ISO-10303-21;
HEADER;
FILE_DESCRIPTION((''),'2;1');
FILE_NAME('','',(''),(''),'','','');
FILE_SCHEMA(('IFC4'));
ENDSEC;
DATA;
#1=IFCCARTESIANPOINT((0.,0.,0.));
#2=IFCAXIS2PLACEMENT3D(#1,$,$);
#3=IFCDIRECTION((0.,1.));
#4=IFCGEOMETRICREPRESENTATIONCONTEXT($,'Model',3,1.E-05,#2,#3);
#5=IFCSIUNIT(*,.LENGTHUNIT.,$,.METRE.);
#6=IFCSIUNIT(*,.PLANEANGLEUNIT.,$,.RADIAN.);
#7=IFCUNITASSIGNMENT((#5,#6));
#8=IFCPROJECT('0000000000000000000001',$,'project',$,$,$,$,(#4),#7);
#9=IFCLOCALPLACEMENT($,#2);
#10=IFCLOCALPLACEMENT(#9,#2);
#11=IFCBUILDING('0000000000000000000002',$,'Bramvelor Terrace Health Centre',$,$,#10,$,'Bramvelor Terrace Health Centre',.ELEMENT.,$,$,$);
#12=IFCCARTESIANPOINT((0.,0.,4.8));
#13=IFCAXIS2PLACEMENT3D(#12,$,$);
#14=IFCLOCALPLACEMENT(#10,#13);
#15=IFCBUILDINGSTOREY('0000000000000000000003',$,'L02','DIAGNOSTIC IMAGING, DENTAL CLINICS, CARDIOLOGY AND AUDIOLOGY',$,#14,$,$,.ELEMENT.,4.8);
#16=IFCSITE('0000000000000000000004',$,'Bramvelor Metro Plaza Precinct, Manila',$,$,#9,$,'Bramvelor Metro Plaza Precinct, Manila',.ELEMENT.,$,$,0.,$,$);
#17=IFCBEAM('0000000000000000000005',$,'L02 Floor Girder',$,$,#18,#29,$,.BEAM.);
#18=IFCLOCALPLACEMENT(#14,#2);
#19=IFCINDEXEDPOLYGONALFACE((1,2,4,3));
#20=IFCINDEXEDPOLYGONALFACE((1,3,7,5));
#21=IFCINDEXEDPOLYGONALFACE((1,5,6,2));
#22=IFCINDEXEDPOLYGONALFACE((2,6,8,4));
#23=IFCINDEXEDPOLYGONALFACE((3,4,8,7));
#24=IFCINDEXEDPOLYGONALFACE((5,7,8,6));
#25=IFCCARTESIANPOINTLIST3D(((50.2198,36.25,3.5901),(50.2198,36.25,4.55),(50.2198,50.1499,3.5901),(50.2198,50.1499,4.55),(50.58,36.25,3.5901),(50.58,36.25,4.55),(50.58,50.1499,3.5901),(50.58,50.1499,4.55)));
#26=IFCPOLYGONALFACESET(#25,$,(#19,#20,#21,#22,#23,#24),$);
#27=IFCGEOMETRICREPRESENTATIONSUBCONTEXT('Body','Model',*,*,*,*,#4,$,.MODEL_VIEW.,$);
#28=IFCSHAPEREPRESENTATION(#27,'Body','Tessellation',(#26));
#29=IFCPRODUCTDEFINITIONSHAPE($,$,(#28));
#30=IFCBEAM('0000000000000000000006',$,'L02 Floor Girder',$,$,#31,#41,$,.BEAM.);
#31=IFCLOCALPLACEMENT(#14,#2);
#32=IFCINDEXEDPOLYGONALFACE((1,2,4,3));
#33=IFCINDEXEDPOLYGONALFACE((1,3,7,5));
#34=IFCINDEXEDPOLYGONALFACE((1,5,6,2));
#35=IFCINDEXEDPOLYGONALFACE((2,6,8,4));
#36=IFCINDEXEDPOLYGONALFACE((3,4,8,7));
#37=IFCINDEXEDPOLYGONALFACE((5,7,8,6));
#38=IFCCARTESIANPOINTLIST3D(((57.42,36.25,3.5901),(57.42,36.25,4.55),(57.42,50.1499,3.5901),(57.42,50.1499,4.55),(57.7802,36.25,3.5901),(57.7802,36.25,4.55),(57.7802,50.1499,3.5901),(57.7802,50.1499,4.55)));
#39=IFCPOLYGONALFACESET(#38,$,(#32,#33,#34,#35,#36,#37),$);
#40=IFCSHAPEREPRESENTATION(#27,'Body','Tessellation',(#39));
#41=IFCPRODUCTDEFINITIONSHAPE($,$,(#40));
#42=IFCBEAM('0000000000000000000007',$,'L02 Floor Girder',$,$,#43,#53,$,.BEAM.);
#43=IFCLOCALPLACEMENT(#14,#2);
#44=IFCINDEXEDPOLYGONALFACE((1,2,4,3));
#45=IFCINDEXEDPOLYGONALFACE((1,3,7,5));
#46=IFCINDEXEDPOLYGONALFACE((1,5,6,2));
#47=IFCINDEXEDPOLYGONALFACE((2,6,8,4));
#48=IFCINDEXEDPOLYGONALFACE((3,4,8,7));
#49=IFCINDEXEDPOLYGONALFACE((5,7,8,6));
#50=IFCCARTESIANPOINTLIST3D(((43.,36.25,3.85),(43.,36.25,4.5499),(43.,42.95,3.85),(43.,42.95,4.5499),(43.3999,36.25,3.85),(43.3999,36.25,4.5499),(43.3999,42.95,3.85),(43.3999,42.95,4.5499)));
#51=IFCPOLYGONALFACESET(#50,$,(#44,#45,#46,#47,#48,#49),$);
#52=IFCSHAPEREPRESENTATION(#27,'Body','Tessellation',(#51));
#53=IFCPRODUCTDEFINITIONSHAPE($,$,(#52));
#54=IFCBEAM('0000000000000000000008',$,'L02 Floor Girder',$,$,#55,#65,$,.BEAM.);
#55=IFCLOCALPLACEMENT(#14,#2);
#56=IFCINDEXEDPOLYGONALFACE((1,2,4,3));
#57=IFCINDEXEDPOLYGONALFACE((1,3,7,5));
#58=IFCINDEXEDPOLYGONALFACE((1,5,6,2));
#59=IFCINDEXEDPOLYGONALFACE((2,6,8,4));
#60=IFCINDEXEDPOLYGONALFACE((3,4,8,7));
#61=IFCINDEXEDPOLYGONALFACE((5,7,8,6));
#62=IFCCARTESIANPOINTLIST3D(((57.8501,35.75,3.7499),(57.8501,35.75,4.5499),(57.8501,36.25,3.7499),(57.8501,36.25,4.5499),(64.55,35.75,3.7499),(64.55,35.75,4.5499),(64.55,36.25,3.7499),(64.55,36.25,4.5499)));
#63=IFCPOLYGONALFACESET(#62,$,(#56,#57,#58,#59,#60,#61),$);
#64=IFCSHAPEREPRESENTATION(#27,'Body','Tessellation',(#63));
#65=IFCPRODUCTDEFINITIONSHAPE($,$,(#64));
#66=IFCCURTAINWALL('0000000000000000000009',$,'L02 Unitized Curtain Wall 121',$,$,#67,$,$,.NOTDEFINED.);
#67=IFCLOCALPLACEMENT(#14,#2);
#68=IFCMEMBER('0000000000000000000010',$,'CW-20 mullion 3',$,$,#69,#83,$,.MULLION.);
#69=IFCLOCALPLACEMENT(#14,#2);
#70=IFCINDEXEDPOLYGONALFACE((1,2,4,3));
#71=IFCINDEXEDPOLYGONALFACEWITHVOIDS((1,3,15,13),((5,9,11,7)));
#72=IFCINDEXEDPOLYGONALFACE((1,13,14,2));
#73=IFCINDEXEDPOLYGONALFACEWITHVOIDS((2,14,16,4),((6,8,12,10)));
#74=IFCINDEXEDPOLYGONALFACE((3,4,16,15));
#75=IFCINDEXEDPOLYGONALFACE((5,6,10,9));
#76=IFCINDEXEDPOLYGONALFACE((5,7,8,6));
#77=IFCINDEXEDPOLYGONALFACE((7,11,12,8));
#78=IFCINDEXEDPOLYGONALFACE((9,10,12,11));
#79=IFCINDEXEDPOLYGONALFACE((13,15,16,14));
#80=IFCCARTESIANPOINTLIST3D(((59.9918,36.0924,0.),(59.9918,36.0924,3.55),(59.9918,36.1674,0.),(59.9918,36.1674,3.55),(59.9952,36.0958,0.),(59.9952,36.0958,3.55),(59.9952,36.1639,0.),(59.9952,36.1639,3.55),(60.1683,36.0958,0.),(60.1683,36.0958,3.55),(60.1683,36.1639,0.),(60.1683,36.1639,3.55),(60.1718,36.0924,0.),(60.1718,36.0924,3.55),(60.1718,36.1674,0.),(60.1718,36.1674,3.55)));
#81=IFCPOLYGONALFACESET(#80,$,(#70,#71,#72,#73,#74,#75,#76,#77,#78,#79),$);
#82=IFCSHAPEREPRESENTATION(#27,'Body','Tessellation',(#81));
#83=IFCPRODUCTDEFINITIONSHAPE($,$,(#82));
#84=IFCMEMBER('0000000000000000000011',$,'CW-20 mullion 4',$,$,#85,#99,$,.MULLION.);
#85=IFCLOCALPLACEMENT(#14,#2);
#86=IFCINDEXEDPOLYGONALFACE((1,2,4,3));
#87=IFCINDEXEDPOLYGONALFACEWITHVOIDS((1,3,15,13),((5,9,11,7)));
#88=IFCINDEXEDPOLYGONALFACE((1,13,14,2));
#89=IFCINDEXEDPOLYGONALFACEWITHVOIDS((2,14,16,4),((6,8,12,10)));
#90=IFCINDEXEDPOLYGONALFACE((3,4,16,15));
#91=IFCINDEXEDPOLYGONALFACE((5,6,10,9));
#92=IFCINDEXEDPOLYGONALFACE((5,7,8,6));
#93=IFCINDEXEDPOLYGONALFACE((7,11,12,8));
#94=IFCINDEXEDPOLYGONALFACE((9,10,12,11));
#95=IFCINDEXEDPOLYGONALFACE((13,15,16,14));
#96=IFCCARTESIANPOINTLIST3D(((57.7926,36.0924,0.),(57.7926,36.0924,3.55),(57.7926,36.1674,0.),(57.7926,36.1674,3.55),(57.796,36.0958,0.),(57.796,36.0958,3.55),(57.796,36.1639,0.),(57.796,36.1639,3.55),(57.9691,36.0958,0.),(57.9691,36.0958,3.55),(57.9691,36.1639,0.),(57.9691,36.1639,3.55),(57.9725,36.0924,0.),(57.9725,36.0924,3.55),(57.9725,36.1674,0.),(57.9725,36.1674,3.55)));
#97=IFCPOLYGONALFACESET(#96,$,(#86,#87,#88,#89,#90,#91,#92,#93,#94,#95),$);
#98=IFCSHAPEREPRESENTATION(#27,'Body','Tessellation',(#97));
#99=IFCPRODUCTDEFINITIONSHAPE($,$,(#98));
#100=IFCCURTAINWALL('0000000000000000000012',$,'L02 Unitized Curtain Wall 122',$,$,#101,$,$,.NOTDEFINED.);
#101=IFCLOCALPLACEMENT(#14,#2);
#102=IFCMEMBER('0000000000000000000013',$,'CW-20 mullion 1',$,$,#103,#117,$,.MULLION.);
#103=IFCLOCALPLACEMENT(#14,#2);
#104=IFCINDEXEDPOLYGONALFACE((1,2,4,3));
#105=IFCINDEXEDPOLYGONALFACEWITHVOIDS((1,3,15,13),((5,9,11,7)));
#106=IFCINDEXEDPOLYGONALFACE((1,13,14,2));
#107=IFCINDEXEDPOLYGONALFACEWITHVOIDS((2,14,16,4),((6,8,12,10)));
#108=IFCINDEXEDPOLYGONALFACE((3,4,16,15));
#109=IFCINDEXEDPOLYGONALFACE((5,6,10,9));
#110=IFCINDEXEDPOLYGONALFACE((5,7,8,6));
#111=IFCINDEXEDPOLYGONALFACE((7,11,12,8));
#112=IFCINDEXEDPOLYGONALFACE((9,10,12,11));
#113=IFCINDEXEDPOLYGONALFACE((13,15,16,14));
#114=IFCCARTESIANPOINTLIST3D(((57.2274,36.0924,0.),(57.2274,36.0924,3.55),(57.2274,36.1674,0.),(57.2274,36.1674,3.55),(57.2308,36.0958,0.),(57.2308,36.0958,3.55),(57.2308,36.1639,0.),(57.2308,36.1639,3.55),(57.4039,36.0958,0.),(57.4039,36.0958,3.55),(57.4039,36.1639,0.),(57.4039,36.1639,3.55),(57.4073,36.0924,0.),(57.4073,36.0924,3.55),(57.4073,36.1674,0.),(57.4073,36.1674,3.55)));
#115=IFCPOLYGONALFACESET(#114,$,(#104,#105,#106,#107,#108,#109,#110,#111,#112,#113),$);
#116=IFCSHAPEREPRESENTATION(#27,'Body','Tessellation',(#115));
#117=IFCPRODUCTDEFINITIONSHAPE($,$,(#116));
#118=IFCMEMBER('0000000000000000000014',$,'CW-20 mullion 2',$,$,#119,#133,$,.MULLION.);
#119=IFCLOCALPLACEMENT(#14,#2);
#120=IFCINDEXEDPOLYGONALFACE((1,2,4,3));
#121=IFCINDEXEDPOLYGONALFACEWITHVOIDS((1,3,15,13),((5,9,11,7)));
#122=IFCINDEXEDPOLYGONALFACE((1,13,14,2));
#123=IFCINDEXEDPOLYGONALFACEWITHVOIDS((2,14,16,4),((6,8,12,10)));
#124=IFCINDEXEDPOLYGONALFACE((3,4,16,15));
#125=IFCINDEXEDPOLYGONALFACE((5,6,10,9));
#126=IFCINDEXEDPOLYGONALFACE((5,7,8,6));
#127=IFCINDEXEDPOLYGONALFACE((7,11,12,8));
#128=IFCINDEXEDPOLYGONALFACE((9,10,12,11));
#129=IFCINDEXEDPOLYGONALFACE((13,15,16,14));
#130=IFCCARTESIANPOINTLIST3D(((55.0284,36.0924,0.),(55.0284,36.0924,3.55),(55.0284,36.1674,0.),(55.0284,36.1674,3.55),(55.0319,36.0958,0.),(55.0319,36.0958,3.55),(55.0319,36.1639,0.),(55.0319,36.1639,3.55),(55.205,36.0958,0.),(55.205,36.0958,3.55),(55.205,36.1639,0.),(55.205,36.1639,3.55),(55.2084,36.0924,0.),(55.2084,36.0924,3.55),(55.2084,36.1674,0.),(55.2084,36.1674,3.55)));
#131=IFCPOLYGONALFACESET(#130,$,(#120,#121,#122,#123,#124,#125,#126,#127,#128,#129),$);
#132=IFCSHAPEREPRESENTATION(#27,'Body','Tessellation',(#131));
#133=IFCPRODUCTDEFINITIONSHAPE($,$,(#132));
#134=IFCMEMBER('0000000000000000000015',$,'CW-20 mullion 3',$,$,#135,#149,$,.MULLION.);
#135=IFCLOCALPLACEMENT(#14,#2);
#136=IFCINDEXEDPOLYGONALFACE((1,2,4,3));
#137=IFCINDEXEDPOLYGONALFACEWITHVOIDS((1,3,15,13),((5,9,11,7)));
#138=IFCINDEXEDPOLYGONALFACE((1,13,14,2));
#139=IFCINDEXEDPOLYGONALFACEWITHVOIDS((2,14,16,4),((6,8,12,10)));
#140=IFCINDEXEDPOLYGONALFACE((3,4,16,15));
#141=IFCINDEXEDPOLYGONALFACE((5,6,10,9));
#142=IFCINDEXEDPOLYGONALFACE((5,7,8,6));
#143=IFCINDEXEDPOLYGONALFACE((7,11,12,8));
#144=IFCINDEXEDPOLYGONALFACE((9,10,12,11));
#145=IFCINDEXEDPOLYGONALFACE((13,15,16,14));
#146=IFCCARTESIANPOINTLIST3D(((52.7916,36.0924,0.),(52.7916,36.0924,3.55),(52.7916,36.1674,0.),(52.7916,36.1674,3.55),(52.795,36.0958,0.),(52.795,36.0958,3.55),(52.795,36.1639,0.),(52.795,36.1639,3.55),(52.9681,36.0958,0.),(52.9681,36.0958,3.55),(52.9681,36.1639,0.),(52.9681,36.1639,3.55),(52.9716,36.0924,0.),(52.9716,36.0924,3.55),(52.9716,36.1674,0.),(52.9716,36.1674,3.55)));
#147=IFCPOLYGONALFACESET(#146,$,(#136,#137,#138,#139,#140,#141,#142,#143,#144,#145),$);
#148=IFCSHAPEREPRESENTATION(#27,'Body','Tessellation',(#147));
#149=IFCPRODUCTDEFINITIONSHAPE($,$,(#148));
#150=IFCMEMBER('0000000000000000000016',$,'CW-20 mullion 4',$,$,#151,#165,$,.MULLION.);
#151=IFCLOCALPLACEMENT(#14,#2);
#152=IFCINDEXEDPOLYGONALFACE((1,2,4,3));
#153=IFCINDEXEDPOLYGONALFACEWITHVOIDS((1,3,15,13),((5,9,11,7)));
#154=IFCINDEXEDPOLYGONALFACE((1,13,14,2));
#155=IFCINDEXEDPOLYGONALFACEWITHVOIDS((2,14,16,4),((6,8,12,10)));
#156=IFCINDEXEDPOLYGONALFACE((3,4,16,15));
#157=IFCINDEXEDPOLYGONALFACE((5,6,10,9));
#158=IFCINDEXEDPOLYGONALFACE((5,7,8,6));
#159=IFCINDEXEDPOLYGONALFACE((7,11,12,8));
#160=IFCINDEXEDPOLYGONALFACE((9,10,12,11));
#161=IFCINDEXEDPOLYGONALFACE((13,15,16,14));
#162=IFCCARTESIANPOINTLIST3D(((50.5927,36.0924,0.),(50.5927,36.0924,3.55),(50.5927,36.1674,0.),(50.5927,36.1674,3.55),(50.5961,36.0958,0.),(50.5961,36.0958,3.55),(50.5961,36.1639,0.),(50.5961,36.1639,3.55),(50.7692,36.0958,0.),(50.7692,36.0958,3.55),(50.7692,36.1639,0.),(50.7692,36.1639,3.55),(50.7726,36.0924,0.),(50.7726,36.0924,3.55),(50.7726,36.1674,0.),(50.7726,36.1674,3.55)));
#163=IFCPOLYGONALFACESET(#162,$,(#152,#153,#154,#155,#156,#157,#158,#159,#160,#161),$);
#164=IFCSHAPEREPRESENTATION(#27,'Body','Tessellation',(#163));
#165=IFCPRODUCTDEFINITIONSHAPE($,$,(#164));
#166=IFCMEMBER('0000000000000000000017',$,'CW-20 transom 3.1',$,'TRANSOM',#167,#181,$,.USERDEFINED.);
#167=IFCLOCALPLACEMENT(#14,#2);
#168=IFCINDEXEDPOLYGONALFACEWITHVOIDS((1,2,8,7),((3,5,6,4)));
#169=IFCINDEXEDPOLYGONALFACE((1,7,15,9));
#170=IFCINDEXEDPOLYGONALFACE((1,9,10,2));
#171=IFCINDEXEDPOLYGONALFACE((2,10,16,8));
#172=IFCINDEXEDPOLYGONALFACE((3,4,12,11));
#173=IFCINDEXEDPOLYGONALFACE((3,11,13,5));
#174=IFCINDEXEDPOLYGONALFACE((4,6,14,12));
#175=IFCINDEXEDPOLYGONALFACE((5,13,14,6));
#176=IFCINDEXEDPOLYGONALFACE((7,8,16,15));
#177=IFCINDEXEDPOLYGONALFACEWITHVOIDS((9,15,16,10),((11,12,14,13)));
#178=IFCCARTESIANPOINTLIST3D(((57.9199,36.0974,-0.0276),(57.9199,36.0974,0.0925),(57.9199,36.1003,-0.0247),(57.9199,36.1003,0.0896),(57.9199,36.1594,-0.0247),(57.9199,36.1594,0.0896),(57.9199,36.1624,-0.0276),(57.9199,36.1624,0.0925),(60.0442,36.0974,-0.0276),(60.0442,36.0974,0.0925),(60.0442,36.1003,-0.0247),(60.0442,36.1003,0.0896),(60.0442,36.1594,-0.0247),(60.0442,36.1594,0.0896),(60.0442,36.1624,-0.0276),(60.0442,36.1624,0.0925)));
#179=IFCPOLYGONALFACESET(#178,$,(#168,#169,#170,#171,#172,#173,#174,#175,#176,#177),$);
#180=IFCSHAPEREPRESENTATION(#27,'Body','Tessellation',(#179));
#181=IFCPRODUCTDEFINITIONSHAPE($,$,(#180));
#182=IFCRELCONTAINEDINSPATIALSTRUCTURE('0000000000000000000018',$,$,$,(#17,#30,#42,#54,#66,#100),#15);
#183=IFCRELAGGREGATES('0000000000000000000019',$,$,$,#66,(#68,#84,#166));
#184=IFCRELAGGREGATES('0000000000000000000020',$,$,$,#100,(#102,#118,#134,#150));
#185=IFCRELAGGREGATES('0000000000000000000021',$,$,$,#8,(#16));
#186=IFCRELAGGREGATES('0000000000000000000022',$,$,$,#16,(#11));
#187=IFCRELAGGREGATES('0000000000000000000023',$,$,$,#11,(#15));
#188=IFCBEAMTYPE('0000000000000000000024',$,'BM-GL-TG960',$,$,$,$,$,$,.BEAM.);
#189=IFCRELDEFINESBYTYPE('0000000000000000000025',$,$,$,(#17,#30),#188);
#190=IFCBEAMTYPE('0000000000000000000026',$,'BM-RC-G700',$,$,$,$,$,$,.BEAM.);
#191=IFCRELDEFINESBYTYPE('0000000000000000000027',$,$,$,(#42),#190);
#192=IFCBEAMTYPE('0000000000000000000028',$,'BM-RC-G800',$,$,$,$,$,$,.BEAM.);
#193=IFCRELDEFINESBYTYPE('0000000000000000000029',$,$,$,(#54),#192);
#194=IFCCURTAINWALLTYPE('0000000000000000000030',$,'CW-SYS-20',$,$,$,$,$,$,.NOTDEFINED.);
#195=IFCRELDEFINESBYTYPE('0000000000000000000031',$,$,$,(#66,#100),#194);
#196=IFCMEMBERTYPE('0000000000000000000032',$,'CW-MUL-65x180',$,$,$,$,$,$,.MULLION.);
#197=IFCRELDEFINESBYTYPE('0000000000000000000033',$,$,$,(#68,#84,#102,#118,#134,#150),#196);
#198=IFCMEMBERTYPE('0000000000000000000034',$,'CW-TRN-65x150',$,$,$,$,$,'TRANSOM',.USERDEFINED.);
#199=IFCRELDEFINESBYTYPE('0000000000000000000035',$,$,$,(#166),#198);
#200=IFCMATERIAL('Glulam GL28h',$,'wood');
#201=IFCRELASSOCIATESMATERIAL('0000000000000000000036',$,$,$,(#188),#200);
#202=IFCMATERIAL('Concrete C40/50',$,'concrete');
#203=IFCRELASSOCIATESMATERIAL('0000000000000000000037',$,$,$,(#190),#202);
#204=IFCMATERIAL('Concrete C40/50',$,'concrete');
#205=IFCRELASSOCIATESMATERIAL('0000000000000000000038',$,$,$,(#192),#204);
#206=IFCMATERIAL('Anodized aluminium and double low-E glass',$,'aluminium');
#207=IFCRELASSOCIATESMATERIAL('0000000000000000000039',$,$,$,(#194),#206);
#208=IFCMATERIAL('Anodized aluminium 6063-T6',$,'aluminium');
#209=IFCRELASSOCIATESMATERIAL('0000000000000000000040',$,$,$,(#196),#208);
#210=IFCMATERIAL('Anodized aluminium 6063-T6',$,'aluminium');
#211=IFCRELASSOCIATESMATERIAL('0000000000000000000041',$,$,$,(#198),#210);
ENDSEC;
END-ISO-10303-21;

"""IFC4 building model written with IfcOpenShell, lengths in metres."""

from ifc_helpers import new_model, si_unit, direction, frame, origin, origin_2d, place, context, subcontext, project, spatial, rectangle, hollow_rectangle, extrude, material, material_profile, profile_set, type_object, element, aggregate, save


model = new_model("IFC4")

# Units and contexts
model_context = context("Model", 3, precision=1e-05, world=origin(), true_north=direction((0.0, 1.0)))
body_context = subcontext(model_context, "Body", "Model", "MODEL_VIEW")
ifc_project = project(units=[si_unit("LENGTHUNIT", "METRE"), si_unit("PLANEANGLEUNIT", "RADIAN")], contexts=[model_context])

# Site, building, storey
site_placement = place(None, origin())
site = spatial("IfcSite", under=ifc_project, at=site_placement, Name="Bramvelor Metro Plaza Precinct, Manila", LongName="Bramvelor Metro Plaza Precinct, Manila", CompositionType="ELEMENT", RefElevation=0.0)
building_placement = place(site_placement, origin())
building = spatial("IfcBuilding", under=site, at=building_placement, Name="Bramvelor Terrace Health Centre", LongName="Bramvelor Terrace Health Centre", CompositionType="ELEMENT")
storey_placement = place(building_placement, frame((0.0, 0.0, 4.8)))
storey = spatial("IfcBuildingStorey", under=building, at=storey_placement, Name="L02", Description="DIAGNOSTIC IMAGING, DENTAL CLINICS, CARDIOLOGY AND AUDIOLOGY", CompositionType="ELEMENT", Elevation=4.8)

# Beams
ifc_material_1 = material(Name="Glulam GL28h", Category="wood")
ifc_material_profile_1 = material_profile(ifc_material_1, rectangle(XDim=0.3601, YDim=0.96, at=origin_2d()), Name="GL 360x960")
ifc_profile_set_1 = profile_set([ifc_material_profile_1], Name="Glulam GL28h")
beam_type_1 = type_object("IfcBeamType", Name="BM-GL-TG960", PredefinedType="BEAM", material=ifc_profile_set_1)
for number, where, z_axis, x_axis, name in (
    (1, (50.3999, 36.25, 4.0701), (0.0, 1.0, 0.0), (-1.0, 0.0, 0.0), "L02 Floor Girder"),
    (2, (57.6001, 36.25, 4.0701), (0.0, 1.0, 0.0), (-1.0, 0.0, 0.0), "L02 Floor Girder"),
):
    element("IfcBeam", number, at=place(storey_placement, frame(where, z_axis=z_axis, x_axis=x_axis)), inside=storey, type_object=beam_type_1, Name=name, PredefinedType="BEAM", context=body_context, shape_type="SweptSolid", body=[
        extrude(rectangle(XDim=0.3601, YDim=0.96, at=origin_2d()), origin(), (0.0, 0.0, 1.0), 13.8999),
    ])
ifc_material_2 = material(Name="Concrete C40/50", Category="concrete")
ifc_material_profile_2 = material_profile(ifc_material_2, rectangle(XDim=0.3999, YDim=0.7, at=origin_2d()), Name="RC 400x700")
ifc_profile_set_2 = profile_set([ifc_material_profile_2], Name="Concrete C40/50")
beam_type_2 = type_object("IfcBeamType", Name="BM-RC-G700", PredefinedType="BEAM", material=ifc_profile_set_2)
beam_1_placement = place(storey_placement, frame((43.2, 36.25, 4.2), z_axis=(0.0, 1.0, 0.0), x_axis=(-1.0, 0.0, 0.0)))
element("IfcBeam", 3, at=beam_1_placement, inside=storey, type_object=beam_type_2, Name="L02 Floor Girder", PredefinedType="BEAM", context=body_context, shape_type="SweptSolid", body=[
    extrude(rectangle(XDim=0.3999, YDim=0.7, at=origin_2d()), origin(), (0.0, 0.0, 1.0), 6.7),
])
ifc_material_3 = material(Name="Concrete C40/50", Category="concrete")
ifc_material_profile_3 = material_profile(ifc_material_3, rectangle(XDim=0.5, YDim=0.8, at=origin_2d()), Name="RC 500x800")
ifc_profile_set_3 = profile_set([ifc_material_profile_3], Name="Concrete C40/50")
beam_type_3 = type_object("IfcBeamType", Name="BM-RC-G800", PredefinedType="BEAM", material=ifc_profile_set_3)
beam_2_placement = place(storey_placement, frame((57.8501, 36.0, 4.1499), z_axis=(1.0, 0.0, 0.0), x_axis=(0.0, 1.0, 0.0)))
element("IfcBeam", 4, at=beam_2_placement, inside=storey, type_object=beam_type_3, Name="L02 Floor Girder", PredefinedType="BEAM", context=body_context, shape_type="SweptSolid", body=[
    extrude(rectangle(XDim=0.5, YDim=0.8, at=origin_2d()), origin(), (0.0, 0.0, 1.0), 6.7),
])

# Curtain walls, members
ifc_material_4 = material(Name="Anodized aluminium and double low-E glass", Category="aluminium")
curtain_wall_type = type_object("IfcCurtainWallType", Name="CW-SYS-20", PredefinedType="NOTDEFINED", material=ifc_material_4)
curtain_wall_1_placement = place(storey_placement, origin())
curtain_wall_1 = element("IfcCurtainWall", 5, at=curtain_wall_1_placement, inside=storey, type_object=curtain_wall_type, Name="L02 Unitized Curtain Wall 121", PredefinedType="NOTDEFINED")
ifc_material_5 = material(Name="Anodized aluminium 6063-T6", Category="aluminium")
ifc_material_profile_4 = material_profile(ifc_material_5, hollow_rectangle(XDim=0.075, YDim=0.1799, WallThickness=0.0034, at=origin_2d()), Name="ALU-MUL 75x180x3.5")
ifc_profile_set_4 = profile_set([ifc_material_profile_4], Name="Anodized aluminium 6063-T6")
member_type_1 = type_object("IfcMemberType", Name="CW-MUL-65x180", PredefinedType="MULLION", material=ifc_profile_set_4)
member_1_placement = place(storey_placement, frame((60.0818, 36.1299, 0.0), z_axis=(0.0, 0.0, 1.0), x_axis=(0.0, -1.0, 0.0)))
member_1 = element("IfcMember", 6, at=member_1_placement, type_object=member_type_1, Name="CW-20 mullion 3", PredefinedType="MULLION", context=body_context, shape_type="SweptSolid", body=[
    extrude(hollow_rectangle(XDim=0.075, YDim=0.1799, WallThickness=0.0034, at=origin_2d()), origin(), (0.0, 0.0, 1.0), 3.55),
])
member_2_placement = place(storey_placement, frame((57.8826, 36.1299, 0.0), z_axis=(0.0, 0.0, 1.0), x_axis=(0.0, -1.0, 0.0)))
member_2 = element("IfcMember", 7, at=member_2_placement, type_object=member_type_1, Name="CW-20 mullion 4", PredefinedType="MULLION", context=body_context, shape_type="SweptSolid", body=[
    extrude(hollow_rectangle(XDim=0.075, YDim=0.1799, WallThickness=0.0034, at=origin_2d()), origin(), (0.0, 0.0, 1.0), 3.55),
])
curtain_wall_2_placement = place(storey_placement, origin())
curtain_wall_2 = element("IfcCurtainWall", 8, at=curtain_wall_2_placement, inside=storey, type_object=curtain_wall_type, Name="L02 Unitized Curtain Wall 122", PredefinedType="NOTDEFINED")
member_3_placement = place(storey_placement, frame((57.3174, 36.1299, 0.0), z_axis=(0.0, 0.0, 1.0), x_axis=(0.0, -1.0, 0.0)))
member_3 = element("IfcMember", 9, at=member_3_placement, type_object=member_type_1, Name="CW-20 mullion 1", PredefinedType="MULLION", context=body_context, shape_type="SweptSolid", body=[
    extrude(hollow_rectangle(XDim=0.075, YDim=0.1799, WallThickness=0.0034, at=origin_2d()), origin(), (0.0, 0.0, 1.0), 3.55),
])
member_4_placement = place(storey_placement, frame((55.1184, 36.1299, 0.0), z_axis=(0.0, 0.0, 1.0), x_axis=(0.0, -1.0, 0.0)))
member_4 = element("IfcMember", 10, at=member_4_placement, type_object=member_type_1, Name="CW-20 mullion 2", PredefinedType="MULLION", context=body_context, shape_type="SweptSolid", body=[
    extrude(hollow_rectangle(XDim=0.075, YDim=0.1799, WallThickness=0.0034, at=origin_2d()), origin(), (0.0, 0.0, 1.0), 3.55),
])
member_5_placement = place(storey_placement, frame((52.8816, 36.1299, 0.0), z_axis=(0.0, 0.0, 1.0), x_axis=(0.0, -1.0, 0.0)))
member_5 = element("IfcMember", 11, at=member_5_placement, type_object=member_type_1, Name="CW-20 mullion 3", PredefinedType="MULLION", context=body_context, shape_type="SweptSolid", body=[
    extrude(hollow_rectangle(XDim=0.075, YDim=0.1799, WallThickness=0.0034, at=origin_2d()), origin(), (0.0, 0.0, 1.0), 3.55),
])
member_6_placement = place(storey_placement, frame((50.6826, 36.1299, 0.0), z_axis=(0.0, 0.0, 1.0), x_axis=(0.0, -1.0, 0.0)))
member_6 = element("IfcMember", 12, at=member_6_placement, type_object=member_type_1, Name="CW-20 mullion 4", PredefinedType="MULLION", context=body_context, shape_type="SweptSolid", body=[
    extrude(hollow_rectangle(XDim=0.075, YDim=0.1799, WallThickness=0.0034, at=origin_2d()), origin(), (0.0, 0.0, 1.0), 3.55),
])

# Member
ifc_material_6 = material(Name="Anodized aluminium 6063-T6", Category="aluminium")
ifc_material_profile_5 = material_profile(ifc_material_6, hollow_rectangle(XDim=0.0649, YDim=0.1201, WallThickness=0.0029, at=origin_2d()), Name="ALU-TRN 65x120x3.0")
ifc_profile_set_5 = profile_set([ifc_material_profile_5], Name="Anodized aluminium 6063-T6")
member_type_2 = type_object("IfcMemberType", Name="CW-TRN-65x150", ElementType="TRANSOM", PredefinedType="USERDEFINED", material=ifc_profile_set_5)
member_7_placement = place(storey_placement, frame((60.0442, 36.1299, 0.0325), z_axis=(-1.0, 0.0, 0.0), x_axis=(0.0, -1.0, 0.0)))
member_7 = element("IfcMember", 13, at=member_7_placement, type_object=member_type_2, Name="CW-20 transom 3.1", ObjectType="TRANSOM", PredefinedType="USERDEFINED", context=body_context, shape_type="SweptSolid", body=[
    extrude(hollow_rectangle(XDim=0.0649, YDim=0.1201, WallThickness=0.0029, at=origin_2d()), origin(), (0.0, 0.0, 1.0), 2.1243),
])

aggregate(curtain_wall_1, [member_1, member_2, member_7])
aggregate(curtain_wall_2, [member_3, member_4, member_5, member_6])

save(model, "model.ifc")
